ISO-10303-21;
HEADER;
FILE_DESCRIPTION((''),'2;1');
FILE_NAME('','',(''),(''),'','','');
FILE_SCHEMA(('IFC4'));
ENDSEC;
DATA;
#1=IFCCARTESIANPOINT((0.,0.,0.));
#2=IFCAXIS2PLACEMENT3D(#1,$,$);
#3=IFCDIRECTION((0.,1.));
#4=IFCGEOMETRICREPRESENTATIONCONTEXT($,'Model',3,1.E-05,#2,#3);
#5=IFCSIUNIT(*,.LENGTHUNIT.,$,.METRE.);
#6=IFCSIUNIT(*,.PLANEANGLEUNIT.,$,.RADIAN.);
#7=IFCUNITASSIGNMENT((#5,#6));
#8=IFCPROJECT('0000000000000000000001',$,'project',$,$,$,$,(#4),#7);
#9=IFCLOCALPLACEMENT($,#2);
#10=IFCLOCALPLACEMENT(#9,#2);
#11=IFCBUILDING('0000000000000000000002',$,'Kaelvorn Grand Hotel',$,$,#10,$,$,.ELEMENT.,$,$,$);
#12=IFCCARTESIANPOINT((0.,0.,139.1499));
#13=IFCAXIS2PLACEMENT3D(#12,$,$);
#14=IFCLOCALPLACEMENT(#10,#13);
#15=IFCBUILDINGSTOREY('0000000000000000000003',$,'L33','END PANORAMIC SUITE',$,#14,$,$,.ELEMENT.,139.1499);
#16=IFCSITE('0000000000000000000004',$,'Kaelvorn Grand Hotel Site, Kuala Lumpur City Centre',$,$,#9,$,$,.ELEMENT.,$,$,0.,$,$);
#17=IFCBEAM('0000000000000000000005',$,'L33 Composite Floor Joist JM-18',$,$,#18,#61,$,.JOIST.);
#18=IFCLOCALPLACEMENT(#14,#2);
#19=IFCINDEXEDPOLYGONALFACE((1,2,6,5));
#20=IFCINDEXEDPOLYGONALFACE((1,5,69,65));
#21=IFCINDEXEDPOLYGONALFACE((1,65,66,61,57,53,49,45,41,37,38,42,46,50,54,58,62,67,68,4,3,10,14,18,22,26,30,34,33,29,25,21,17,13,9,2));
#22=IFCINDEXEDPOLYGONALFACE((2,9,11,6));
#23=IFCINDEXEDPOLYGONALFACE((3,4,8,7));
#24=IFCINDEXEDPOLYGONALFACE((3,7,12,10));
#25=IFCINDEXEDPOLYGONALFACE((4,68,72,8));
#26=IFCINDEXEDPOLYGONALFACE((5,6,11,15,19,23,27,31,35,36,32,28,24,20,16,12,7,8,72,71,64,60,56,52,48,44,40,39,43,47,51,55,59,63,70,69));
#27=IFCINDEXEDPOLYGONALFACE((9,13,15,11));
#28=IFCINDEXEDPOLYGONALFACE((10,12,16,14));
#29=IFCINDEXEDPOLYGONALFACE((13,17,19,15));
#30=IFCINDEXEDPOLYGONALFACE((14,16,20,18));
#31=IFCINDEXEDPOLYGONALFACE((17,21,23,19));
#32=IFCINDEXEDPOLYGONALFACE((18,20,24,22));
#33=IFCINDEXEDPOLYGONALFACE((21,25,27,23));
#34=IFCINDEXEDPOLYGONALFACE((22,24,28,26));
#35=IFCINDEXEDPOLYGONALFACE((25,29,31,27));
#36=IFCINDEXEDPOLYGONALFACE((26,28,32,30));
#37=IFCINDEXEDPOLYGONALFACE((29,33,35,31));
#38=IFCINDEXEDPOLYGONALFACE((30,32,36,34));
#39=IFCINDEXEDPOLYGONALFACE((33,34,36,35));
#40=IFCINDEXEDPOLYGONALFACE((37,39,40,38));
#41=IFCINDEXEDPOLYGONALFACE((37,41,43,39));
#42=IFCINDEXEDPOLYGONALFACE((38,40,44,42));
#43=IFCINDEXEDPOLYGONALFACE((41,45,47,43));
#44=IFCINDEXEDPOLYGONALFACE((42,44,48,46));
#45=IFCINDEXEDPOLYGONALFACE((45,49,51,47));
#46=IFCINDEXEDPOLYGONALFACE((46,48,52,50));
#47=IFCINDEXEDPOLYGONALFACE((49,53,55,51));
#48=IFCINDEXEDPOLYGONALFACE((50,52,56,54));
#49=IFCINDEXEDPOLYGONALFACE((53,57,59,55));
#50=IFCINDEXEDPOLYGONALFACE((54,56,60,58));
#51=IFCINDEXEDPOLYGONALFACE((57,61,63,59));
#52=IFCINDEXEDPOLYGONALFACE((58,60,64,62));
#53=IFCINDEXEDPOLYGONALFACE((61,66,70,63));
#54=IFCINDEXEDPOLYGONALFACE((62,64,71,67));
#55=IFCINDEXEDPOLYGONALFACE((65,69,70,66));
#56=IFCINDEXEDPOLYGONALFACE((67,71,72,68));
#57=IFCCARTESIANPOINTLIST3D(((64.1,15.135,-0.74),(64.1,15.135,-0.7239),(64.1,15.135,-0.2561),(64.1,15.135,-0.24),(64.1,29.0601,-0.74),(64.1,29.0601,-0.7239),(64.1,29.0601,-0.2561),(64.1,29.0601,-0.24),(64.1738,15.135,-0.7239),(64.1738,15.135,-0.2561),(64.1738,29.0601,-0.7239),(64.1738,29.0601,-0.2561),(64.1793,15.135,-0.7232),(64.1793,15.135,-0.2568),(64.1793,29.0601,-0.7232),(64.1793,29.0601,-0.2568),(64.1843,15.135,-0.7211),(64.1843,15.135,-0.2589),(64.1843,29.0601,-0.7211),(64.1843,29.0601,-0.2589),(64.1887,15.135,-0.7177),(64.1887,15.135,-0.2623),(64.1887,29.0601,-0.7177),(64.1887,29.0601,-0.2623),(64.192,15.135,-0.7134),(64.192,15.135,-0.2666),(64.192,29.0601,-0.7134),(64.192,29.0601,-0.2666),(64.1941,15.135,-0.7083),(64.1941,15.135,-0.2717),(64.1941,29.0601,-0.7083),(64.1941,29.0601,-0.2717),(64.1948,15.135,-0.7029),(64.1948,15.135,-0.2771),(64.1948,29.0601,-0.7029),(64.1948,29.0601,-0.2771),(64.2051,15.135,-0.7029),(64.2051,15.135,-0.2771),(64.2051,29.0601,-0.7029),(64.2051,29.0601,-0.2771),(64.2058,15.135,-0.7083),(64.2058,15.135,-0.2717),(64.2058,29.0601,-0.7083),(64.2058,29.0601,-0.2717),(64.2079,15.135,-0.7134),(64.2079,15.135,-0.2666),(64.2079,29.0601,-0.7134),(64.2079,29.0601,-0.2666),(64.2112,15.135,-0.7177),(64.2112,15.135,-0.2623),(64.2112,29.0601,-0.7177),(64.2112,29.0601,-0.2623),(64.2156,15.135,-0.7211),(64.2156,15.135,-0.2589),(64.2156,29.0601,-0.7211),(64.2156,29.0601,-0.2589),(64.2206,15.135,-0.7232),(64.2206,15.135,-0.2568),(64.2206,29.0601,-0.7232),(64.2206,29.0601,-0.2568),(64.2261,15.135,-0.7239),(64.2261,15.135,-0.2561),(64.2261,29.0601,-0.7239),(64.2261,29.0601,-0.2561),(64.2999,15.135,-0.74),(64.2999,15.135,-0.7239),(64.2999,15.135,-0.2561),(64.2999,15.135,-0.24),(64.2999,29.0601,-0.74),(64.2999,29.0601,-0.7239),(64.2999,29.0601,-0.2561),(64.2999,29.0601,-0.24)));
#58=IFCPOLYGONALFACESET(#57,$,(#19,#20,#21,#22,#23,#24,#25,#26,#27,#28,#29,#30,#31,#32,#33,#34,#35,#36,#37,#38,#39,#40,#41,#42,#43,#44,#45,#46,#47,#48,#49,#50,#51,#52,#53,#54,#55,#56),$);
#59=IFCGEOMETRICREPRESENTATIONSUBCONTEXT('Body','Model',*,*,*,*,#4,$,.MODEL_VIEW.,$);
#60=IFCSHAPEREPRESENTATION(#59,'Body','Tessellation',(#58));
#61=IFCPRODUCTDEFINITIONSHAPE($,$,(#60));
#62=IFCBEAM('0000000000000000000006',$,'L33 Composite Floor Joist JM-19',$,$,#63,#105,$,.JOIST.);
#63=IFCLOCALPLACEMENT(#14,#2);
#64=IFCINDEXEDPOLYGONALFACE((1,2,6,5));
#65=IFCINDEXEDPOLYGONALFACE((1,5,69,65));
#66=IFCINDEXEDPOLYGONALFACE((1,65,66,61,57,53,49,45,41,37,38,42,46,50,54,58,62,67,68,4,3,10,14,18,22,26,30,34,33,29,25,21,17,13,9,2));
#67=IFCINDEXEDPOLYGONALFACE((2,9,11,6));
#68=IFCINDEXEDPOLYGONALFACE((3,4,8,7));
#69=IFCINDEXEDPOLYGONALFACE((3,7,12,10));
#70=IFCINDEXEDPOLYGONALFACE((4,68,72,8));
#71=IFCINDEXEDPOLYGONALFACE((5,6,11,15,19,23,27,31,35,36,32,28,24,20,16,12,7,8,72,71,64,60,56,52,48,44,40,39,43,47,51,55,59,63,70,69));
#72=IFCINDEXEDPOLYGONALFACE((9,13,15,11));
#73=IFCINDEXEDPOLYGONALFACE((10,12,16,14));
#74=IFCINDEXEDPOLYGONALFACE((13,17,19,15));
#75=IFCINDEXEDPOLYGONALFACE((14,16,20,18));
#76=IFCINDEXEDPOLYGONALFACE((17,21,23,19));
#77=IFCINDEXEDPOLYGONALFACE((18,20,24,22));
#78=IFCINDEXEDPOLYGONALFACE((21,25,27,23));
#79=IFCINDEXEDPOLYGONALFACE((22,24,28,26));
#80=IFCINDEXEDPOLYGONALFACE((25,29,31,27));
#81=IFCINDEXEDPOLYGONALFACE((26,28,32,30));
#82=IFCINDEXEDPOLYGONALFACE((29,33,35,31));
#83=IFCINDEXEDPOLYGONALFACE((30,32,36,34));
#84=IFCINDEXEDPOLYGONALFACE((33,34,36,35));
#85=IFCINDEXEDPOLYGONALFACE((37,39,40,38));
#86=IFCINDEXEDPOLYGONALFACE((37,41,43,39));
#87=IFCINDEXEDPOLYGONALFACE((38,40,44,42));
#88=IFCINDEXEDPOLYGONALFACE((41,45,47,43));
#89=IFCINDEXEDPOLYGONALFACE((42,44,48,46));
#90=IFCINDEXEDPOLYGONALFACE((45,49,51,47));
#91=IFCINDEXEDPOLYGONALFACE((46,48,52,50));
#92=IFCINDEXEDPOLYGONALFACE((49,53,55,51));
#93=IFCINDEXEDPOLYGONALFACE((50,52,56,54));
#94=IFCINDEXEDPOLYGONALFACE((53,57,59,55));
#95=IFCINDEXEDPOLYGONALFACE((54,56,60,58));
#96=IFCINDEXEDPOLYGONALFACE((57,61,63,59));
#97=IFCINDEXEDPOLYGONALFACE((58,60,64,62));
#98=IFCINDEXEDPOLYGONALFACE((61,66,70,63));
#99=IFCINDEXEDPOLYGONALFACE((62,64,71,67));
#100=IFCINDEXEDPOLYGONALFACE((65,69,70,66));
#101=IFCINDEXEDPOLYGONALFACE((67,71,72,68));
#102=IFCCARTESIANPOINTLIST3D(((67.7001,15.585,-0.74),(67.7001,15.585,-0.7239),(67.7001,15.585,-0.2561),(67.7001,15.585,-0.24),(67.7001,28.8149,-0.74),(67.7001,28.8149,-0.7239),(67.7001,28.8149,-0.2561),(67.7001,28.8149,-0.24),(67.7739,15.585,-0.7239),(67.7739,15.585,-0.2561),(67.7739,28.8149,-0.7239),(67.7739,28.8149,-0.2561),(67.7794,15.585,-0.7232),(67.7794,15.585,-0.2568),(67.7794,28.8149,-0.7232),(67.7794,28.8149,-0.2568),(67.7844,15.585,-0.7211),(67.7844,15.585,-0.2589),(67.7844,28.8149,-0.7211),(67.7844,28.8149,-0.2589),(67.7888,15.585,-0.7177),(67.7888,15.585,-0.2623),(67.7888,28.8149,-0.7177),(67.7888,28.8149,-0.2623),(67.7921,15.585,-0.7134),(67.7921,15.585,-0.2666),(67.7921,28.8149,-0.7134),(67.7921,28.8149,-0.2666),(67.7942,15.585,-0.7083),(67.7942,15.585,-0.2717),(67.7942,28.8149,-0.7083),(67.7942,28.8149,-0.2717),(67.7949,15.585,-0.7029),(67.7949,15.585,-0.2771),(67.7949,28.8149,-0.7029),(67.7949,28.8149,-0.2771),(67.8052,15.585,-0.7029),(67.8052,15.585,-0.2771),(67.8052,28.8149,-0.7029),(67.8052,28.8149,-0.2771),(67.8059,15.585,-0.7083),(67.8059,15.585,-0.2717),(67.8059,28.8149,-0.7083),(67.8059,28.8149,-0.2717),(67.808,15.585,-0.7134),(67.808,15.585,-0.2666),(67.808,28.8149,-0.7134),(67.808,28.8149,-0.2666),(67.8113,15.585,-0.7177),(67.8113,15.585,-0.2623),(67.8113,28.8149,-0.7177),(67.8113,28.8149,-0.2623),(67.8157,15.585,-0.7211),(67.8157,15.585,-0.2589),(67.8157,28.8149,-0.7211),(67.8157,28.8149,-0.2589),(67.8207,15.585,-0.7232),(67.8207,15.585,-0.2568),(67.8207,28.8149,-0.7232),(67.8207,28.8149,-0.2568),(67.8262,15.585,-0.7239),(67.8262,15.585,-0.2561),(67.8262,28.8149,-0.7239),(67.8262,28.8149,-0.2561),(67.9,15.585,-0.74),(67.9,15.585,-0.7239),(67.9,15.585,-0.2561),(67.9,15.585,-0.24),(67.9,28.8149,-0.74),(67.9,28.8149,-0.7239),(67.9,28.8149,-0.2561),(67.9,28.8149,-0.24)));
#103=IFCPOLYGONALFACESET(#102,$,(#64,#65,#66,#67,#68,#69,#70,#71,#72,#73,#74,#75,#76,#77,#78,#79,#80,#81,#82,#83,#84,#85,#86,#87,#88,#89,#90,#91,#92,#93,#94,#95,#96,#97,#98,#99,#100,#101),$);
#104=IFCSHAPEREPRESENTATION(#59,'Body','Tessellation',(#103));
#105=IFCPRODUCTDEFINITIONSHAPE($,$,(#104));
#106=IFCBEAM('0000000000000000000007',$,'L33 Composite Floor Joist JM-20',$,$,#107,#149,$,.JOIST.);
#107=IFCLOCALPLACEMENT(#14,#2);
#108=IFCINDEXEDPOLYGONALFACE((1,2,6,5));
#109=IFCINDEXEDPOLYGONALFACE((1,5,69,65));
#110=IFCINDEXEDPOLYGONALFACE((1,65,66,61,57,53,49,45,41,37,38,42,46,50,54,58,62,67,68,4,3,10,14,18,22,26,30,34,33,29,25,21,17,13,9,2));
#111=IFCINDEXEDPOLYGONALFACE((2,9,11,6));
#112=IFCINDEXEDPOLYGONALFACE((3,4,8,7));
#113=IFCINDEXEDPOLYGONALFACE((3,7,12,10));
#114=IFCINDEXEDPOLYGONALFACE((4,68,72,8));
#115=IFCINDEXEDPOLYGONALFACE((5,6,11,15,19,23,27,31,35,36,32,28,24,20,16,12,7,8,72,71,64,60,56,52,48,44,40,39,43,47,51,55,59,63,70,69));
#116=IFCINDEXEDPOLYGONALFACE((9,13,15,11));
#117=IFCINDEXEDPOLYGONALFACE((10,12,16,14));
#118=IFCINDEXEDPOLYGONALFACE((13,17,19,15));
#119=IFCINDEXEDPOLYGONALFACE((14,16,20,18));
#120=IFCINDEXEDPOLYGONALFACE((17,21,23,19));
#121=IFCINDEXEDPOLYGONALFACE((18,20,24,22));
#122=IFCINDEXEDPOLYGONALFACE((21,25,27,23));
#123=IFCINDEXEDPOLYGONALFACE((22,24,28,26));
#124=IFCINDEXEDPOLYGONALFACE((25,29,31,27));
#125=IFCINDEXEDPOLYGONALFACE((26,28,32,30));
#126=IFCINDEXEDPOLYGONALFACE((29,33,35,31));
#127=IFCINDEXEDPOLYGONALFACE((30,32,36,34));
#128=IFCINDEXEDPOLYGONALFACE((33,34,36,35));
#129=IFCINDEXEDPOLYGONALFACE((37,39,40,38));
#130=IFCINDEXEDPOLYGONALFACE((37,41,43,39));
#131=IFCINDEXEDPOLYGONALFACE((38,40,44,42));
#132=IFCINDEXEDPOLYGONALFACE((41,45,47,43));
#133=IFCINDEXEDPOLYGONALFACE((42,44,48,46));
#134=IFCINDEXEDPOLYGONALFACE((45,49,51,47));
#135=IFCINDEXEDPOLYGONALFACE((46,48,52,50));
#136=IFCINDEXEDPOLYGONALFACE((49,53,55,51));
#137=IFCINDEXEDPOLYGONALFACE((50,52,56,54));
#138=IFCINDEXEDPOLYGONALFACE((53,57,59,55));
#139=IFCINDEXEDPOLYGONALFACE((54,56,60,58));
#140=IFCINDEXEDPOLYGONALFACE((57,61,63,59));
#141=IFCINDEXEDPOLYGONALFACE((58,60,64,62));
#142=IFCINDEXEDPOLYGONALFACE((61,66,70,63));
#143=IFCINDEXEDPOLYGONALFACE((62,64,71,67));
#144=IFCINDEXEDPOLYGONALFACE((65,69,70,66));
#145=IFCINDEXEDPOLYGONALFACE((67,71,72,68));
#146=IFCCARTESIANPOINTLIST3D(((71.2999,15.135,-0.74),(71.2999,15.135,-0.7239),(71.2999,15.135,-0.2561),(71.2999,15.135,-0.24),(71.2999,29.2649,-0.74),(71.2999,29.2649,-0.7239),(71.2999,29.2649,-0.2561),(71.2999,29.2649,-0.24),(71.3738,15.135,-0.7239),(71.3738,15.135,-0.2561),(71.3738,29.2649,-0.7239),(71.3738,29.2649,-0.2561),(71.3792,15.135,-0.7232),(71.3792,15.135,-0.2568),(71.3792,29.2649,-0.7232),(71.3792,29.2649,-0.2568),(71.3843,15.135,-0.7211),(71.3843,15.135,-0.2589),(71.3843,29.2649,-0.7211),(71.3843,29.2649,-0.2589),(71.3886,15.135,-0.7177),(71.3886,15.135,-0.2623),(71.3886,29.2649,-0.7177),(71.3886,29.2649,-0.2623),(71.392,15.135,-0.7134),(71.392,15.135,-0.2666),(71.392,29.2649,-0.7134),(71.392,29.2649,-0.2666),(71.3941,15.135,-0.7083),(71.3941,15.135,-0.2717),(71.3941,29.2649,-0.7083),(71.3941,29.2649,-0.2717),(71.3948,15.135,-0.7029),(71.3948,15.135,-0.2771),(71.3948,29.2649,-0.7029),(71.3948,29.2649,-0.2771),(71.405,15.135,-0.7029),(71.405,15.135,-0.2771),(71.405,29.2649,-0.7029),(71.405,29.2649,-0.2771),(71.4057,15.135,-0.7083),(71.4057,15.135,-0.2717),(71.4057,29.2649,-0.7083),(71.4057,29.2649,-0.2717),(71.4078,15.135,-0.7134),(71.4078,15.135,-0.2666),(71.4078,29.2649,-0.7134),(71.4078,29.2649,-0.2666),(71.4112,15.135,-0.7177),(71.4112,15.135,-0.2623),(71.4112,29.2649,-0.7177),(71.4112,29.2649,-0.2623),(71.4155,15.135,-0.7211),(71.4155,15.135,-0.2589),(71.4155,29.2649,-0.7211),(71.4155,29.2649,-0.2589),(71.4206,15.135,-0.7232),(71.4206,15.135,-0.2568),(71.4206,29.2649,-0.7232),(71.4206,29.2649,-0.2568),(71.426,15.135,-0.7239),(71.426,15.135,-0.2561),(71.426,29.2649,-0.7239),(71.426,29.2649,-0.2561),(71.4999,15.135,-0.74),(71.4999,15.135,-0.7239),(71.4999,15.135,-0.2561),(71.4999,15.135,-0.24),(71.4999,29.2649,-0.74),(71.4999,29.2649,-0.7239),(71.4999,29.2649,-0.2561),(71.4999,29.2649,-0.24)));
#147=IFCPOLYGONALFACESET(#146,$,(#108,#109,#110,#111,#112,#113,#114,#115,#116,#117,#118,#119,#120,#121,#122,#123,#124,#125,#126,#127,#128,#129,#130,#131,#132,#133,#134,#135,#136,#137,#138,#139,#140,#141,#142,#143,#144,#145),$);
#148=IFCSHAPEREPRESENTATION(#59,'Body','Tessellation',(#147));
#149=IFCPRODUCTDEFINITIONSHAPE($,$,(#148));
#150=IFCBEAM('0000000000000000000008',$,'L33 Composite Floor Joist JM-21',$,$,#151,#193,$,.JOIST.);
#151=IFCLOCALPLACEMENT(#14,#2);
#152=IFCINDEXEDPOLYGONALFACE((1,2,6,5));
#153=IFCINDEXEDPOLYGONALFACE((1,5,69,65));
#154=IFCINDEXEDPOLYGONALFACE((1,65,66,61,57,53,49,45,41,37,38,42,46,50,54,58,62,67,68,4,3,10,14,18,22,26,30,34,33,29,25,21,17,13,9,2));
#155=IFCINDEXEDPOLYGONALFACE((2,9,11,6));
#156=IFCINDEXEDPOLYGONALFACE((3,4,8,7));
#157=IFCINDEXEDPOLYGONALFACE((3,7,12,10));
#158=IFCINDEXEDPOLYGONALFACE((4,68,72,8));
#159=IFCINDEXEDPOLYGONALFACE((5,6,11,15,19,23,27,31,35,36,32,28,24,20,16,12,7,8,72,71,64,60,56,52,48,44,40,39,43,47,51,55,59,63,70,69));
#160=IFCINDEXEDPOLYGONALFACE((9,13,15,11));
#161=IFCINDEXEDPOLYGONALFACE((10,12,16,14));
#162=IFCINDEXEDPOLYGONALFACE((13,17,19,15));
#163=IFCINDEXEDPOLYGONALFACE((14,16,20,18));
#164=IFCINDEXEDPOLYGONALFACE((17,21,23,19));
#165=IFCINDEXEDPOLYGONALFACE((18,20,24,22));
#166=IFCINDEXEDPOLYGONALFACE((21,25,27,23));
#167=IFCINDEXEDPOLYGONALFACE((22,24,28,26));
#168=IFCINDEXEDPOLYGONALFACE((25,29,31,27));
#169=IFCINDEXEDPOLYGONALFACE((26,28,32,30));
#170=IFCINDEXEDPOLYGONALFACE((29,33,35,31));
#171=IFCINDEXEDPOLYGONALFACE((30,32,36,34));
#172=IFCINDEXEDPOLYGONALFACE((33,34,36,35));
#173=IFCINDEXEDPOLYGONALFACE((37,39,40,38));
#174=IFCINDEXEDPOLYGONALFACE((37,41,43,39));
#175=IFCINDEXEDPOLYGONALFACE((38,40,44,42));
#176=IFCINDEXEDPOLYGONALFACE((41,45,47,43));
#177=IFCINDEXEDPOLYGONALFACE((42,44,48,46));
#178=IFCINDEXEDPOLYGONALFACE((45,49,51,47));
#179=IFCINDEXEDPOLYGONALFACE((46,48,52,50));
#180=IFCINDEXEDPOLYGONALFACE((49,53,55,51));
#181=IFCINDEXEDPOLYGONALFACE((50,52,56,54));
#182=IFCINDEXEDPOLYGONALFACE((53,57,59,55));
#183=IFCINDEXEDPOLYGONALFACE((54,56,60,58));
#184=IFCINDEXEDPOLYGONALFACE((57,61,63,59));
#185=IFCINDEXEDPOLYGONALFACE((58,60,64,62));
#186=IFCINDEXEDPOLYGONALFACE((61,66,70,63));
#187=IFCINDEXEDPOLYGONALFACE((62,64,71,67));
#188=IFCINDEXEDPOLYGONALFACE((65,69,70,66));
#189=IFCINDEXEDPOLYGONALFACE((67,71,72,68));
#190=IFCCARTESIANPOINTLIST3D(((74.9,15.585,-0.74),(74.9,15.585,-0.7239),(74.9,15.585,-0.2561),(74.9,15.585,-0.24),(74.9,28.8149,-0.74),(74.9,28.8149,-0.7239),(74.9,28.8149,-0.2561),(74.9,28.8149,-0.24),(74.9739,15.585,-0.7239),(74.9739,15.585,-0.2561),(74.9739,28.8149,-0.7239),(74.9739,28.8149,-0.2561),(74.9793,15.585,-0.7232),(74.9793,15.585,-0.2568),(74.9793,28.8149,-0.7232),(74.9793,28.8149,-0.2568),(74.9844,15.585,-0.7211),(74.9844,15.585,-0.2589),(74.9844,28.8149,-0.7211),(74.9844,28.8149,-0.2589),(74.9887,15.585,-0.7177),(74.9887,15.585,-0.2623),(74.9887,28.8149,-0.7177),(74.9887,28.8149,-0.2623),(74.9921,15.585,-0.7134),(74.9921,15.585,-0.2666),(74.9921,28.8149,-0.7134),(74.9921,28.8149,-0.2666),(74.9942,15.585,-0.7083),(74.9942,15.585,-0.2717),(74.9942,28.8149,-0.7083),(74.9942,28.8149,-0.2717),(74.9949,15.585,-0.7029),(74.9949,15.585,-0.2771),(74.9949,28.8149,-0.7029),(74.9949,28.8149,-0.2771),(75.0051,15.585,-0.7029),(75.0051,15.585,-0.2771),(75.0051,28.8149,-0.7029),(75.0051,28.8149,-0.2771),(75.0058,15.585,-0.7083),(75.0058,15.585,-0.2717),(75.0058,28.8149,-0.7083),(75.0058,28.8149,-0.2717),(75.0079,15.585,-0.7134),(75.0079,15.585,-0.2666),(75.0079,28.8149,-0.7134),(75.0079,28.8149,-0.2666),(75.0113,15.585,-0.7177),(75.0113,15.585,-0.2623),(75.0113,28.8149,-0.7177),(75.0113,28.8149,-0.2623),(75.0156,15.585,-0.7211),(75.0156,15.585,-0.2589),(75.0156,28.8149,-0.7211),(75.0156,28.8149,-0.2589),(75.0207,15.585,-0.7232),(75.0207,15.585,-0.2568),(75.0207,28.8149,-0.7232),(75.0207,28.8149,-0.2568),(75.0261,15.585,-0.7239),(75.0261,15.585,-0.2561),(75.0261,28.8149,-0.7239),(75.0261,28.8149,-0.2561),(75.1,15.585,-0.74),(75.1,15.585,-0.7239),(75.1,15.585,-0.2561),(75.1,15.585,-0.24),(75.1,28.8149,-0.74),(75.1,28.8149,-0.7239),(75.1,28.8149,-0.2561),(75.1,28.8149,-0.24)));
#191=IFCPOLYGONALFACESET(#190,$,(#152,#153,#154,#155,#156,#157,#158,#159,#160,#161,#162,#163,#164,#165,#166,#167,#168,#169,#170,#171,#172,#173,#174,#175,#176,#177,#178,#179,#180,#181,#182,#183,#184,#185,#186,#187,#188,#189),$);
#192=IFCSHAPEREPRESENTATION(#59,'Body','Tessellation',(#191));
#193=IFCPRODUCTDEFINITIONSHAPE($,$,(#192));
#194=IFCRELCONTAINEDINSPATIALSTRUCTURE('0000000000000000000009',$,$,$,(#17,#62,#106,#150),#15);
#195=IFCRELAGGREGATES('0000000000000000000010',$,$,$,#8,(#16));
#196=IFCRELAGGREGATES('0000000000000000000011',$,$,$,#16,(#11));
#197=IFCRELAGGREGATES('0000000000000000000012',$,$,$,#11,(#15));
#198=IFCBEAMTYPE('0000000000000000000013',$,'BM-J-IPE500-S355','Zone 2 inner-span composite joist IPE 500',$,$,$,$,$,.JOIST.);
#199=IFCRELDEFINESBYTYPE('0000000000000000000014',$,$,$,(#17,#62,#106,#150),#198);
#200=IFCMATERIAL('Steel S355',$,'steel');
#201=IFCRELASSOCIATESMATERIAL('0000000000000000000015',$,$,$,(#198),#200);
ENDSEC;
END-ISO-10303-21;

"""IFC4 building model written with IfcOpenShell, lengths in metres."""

from ifc_helpers import new_model, si_unit, direction, frame, origin, origin_2d, place, context, subcontext, project, spatial, i_section, extrude, material, material_profile, profile_set, type_object, element, save


model = new_model("IFC4")

# Units and contexts
model_context = context("Model", 3, precision=1e-05, world=origin(), true_north=direction((0.0, 1.0)))
body_context = subcontext(model_context, "Body", "Model", "MODEL_VIEW")
ifc_project = project(units=[si_unit("LENGTHUNIT", "METRE"), si_unit("PLANEANGLEUNIT", "RADIAN")], contexts=[model_context])

# Site, building, storey
site_placement = place(None, origin())
site = spatial("IfcSite", under=ifc_project, at=site_placement, Name="Kaelvorn Grand Hotel Site, Kuala Lumpur City Centre", CompositionType="ELEMENT", RefElevation=0.0)
building_placement = place(site_placement, origin())
building = spatial("IfcBuilding", under=site, at=building_placement, Name="Kaelvorn Grand Hotel", CompositionType="ELEMENT")
storey_placement = place(building_placement, frame((0.0, 0.0, 139.1499)))
storey = spatial("IfcBuildingStorey", under=building, at=storey_placement, Name="L33", Description="END PANORAMIC SUITE", CompositionType="ELEMENT", Elevation=139.1499)

# Beams
ifc_material_1 = material(Name="Steel S355", Category="steel")
ifc_material_profile_1 = material_profile(ifc_material_1, i_section(OverallWidth=0.2, OverallDepth=0.5, WebThickness=0.0103, FlangeThickness=0.0161, FilletRadius=0.021, at=origin_2d()), Name="IPE 500")
ifc_profile_set_1 = profile_set([ifc_material_profile_1], Name="Steel S355")
beam_type_1 = type_object("IfcBeamType", Name="BM-J-IPE500-S355", Description="Zone 2 inner-span composite joist IPE 500", PredefinedType="JOIST", material=ifc_profile_set_1)
beam_1_placement = place(storey_placement, frame((64.2, 15.135, -0.49), z_axis=(0.0, 1.0, 0.0), x_axis=(-1.0, 0.0, 0.0)))
element("IfcBeam", 1, at=beam_1_placement, inside=storey, type_object=beam_type_1, Name="L33 Composite Floor Joist JM-18", PredefinedType="JOIST", context=body_context, shape_type="SweptSolid", body=[
    extrude(i_section(OverallWidth=0.2, OverallDepth=0.5, WebThickness=0.0103, FlangeThickness=0.0161, FilletRadius=0.021, at=origin_2d()), origin(), (0.0, 0.0, 1.0), 13.925),
])
beam_2_placement = place(storey_placement, frame((67.8, 15.585, -0.49), z_axis=(0.0, 1.0, 0.0), x_axis=(-1.0, 0.0, 0.0)))
element("IfcBeam", 2, at=beam_2_placement, inside=storey, type_object=beam_type_1, Name="L33 Composite Floor Joist JM-19", PredefinedType="JOIST", context=body_context, shape_type="SweptSolid", body=[
    extrude(i_section(OverallWidth=0.2, OverallDepth=0.5, WebThickness=0.0103, FlangeThickness=0.0161, FilletRadius=0.021, at=origin_2d()), origin(), (0.0, 0.0, 1.0), 13.23),
])
beam_3_placement = place(storey_placement, frame((71.3999, 15.135, -0.49), z_axis=(0.0, 1.0, 0.0), x_axis=(-1.0, 0.0, 0.0)))
element("IfcBeam", 3, at=beam_3_placement, inside=storey, type_object=beam_type_1, Name="L33 Composite Floor Joist JM-20", PredefinedType="JOIST", context=body_context, shape_type="SweptSolid", body=[
    extrude(i_section(OverallWidth=0.2, OverallDepth=0.5, WebThickness=0.0103, FlangeThickness=0.0161, FilletRadius=0.021, at=origin_2d()), origin(), (0.0, 0.0, 1.0), 14.1299),
])
beam_4_placement = place(storey_placement, frame((75.0, 15.585, -0.49), z_axis=(0.0, 1.0, 0.0), x_axis=(-1.0, 0.0, 0.0)))
element("IfcBeam", 4, at=beam_4_placement, inside=storey, type_object=beam_type_1, Name="L33 Composite Floor Joist JM-21", PredefinedType="JOIST", context=body_context, shape_type="SweptSolid", body=[
    extrude(i_section(OverallWidth=0.2, OverallDepth=0.5, WebThickness=0.0103, FlangeThickness=0.0161, FilletRadius=0.021, at=origin_2d()), origin(), (0.0, 0.0, 1.0), 13.23),
])

save(model, "model.ifc")
